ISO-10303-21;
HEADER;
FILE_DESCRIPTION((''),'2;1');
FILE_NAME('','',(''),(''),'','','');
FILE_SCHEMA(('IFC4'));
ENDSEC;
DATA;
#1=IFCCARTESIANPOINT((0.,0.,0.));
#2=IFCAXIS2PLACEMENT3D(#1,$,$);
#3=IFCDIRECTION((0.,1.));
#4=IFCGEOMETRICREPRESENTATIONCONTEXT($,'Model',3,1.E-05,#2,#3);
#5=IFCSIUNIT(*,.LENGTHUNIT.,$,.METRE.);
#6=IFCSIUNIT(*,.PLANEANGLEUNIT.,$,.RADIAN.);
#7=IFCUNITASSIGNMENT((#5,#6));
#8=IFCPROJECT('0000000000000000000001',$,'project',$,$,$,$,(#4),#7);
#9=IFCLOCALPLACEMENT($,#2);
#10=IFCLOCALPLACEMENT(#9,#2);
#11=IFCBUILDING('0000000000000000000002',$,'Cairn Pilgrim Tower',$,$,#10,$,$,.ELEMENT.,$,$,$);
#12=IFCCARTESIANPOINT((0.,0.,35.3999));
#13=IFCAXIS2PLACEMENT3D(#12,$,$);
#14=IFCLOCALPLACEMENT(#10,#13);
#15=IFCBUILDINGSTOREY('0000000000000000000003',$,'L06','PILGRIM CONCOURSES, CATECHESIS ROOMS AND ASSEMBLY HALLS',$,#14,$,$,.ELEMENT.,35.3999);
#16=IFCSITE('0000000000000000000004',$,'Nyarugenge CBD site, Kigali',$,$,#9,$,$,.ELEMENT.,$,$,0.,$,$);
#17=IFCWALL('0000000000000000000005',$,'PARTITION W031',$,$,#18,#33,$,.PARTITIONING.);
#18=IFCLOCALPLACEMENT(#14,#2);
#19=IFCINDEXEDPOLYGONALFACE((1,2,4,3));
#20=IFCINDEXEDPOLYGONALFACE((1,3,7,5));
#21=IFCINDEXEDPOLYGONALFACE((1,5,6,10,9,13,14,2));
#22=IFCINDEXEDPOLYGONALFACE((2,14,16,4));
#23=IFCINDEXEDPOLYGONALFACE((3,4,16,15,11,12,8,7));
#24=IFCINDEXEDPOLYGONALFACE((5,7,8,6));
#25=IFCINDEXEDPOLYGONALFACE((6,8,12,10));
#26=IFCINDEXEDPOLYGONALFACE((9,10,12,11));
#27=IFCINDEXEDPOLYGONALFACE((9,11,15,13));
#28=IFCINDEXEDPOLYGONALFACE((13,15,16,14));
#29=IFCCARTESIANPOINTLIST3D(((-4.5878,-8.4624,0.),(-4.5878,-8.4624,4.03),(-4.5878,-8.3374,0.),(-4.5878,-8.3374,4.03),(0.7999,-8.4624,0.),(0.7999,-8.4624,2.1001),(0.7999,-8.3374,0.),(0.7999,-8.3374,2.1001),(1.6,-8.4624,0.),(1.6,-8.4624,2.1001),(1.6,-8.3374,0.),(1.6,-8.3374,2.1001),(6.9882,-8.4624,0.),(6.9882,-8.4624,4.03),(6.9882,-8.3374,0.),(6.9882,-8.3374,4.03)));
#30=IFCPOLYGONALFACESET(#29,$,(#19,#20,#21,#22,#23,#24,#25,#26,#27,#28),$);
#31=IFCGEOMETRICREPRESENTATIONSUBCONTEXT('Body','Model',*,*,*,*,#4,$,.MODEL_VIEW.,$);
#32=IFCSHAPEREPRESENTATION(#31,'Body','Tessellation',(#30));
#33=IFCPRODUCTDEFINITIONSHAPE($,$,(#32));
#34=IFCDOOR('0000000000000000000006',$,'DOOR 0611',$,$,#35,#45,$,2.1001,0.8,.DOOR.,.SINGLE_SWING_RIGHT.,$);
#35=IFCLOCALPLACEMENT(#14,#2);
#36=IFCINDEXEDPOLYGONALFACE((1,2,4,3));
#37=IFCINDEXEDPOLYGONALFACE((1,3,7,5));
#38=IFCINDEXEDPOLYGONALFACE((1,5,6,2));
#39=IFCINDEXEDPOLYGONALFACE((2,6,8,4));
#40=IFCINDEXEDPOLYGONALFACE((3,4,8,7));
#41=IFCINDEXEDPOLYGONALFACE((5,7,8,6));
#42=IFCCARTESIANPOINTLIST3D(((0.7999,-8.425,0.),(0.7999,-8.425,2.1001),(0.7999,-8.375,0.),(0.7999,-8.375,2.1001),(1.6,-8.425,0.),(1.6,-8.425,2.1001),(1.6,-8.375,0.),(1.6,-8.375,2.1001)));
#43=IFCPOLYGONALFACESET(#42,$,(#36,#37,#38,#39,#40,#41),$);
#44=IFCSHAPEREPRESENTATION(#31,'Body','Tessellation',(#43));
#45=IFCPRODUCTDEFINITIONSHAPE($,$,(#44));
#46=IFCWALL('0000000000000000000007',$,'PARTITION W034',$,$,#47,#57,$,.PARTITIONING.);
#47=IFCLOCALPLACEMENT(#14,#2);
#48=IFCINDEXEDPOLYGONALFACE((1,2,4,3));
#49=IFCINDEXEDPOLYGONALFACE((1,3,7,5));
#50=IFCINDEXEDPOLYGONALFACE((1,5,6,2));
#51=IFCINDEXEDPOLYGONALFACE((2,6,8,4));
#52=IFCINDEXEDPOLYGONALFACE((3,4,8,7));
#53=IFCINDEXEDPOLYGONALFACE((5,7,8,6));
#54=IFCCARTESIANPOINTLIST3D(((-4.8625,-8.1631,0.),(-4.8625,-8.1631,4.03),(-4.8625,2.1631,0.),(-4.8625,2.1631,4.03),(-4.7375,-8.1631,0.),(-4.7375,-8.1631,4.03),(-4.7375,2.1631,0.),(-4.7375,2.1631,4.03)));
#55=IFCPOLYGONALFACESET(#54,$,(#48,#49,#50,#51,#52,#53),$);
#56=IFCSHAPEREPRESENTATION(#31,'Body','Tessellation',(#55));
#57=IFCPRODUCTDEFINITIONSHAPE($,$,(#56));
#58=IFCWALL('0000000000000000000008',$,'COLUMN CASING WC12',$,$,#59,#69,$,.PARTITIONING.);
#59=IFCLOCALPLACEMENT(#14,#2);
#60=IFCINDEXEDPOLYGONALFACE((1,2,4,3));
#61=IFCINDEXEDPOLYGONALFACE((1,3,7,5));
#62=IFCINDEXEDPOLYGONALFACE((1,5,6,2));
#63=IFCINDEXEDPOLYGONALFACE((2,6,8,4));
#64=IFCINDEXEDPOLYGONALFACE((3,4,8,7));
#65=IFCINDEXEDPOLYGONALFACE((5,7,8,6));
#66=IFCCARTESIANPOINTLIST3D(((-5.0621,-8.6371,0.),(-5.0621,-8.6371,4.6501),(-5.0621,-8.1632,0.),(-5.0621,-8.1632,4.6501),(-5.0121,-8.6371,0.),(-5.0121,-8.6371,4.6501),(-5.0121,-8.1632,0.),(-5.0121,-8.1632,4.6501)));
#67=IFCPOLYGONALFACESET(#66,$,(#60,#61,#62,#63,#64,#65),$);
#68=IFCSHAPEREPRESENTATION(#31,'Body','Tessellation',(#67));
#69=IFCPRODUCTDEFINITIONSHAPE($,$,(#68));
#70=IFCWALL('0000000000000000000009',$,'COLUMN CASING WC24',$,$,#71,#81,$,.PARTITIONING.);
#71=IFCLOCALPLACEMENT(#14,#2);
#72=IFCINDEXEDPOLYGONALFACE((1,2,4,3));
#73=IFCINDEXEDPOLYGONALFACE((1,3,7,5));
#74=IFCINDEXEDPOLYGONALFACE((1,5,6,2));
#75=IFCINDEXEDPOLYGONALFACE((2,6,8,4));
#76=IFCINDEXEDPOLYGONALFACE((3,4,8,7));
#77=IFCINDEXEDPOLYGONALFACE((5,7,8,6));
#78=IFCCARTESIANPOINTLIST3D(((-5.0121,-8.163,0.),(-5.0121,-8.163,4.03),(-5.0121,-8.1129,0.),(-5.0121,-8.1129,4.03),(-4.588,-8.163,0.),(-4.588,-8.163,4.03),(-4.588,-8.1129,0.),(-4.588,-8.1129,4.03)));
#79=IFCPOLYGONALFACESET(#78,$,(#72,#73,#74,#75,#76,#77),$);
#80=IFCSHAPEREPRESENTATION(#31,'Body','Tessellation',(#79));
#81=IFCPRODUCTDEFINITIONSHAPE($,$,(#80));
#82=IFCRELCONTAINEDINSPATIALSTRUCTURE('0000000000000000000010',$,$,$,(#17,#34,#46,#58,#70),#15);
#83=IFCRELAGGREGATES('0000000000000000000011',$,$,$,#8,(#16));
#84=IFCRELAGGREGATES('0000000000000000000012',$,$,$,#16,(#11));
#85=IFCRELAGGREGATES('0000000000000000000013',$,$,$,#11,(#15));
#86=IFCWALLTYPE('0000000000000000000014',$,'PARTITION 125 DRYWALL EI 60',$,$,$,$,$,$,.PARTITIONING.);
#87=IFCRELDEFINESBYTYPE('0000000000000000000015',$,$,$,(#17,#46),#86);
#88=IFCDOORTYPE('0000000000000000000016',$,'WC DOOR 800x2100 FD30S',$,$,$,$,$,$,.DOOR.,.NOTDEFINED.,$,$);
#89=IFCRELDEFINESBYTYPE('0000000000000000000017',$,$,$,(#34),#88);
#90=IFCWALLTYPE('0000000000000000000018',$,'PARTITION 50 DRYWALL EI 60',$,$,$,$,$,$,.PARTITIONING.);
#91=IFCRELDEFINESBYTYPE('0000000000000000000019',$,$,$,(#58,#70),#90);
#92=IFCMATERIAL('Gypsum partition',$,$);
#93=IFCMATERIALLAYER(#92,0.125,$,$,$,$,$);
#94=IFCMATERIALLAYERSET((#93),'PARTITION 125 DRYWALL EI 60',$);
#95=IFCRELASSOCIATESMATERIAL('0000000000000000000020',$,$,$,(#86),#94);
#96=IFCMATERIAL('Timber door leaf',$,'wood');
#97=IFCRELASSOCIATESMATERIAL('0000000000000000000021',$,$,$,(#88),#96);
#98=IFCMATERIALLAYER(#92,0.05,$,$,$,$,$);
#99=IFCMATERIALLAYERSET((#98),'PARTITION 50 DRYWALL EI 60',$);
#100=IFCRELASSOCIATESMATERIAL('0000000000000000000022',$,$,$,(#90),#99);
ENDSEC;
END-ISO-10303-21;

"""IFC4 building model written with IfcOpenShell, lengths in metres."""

from ifc_helpers import new_model, si_unit, direction, frame, frame_2d, origin, place, context, subcontext, project, spatial, rectangle, extrude, material, layer, layer_set, type_object, element, fill, save


model = new_model("IFC4")

# Units and contexts
model_context = context("Model", 3, precision=1e-05, world=origin(), true_north=direction((0.0, 1.0)))
body_context = subcontext(model_context, "Body", "Model", "MODEL_VIEW")
ifc_project = project(units=[si_unit("LENGTHUNIT", "METRE"), si_unit("PLANEANGLEUNIT", "RADIAN")], contexts=[model_context])

# Site, building, storey
site_placement = place(None, origin())
site = spatial("IfcSite", under=ifc_project, at=site_placement, Name="Nyarugenge CBD site, Kigali", CompositionType="ELEMENT", RefElevation=0.0)
building_placement = place(site_placement, origin())
building = spatial("IfcBuilding", under=site, at=building_placement, Name="Cairn Pilgrim Tower", CompositionType="ELEMENT")
storey_placement = place(building_placement, frame((0.0, 0.0, 35.3999)))
storey = spatial("IfcBuildingStorey", under=building, at=storey_placement, Name="L06", Description="PILGRIM CONCOURSES, CATECHESIS ROOMS AND ASSEMBLY HALLS", CompositionType="ELEMENT", Elevation=35.3999)

# Shared definitions
ifc_material_1 = material(Name="Gypsum partition")
ifc_layer_1 = layer(ifc_material_1, 0.125)
ifc_layer_set_1 = layer_set([ifc_layer_1], Name="PARTITION 125 DRYWALL EI 60")
wall_type_1 = type_object("IfcWallType", Name="PARTITION 125 DRYWALL EI 60", PredefinedType="PARTITIONING", material=ifc_layer_set_1)

# Wall, opening, door
wall_1_placement = place(storey_placement, frame((-4.5879, -8.3999, 0.0), z_axis=(0.0, 0.0, 1.0), x_axis=(1.0, 0.0, 0.0)))
wall_1 = element("IfcWall", 1, at=wall_1_placement, inside=storey, type_object=wall_type_1, Name="PARTITION W031", PredefinedType="PARTITIONING", context=body_context, shape_type="SweptSolid", body=[
    extrude(rectangle(XDim=11.5759, YDim=0.125, at=frame_2d((5.7881, 0.0))), origin(), (0.0, 0.0, 1.0), 4.03),
])
opening_placement = place(wall_1_placement, frame((5.3879, 0.0, 0.0)))
opening = element("IfcOpeningElement", 2, at=opening_placement, cuts=wall_1, PredefinedType="OPENING", context=body_context, shape_type="SweptSolid", body=[
    extrude(rectangle(XDim=0.8, YDim=2.1001, at=frame_2d((0.3999, 1.05))), frame((0.0, 0.0725, 0.0), z_axis=(0.0, -1.0, 0.0), x_axis=(1.0, 0.0, 0.0)), (0.0, 0.0, 1.0), 0.145),
])
ifc_material_2 = material(Name="Timber door leaf", Category="wood")
door_type = type_object("IfcDoorType", Name="WC DOOR 800x2100 FD30S", OperationType="NOTDEFINED", PredefinedType="DOOR", material=ifc_material_2)
door_placement = place(opening_placement, origin())
door = element("IfcDoor", 3, at=door_placement, inside=storey, type_object=door_type, Name="DOOR 0611", OperationType="SINGLE_SWING_RIGHT", OverallHeight=2.1001, OverallWidth=0.8, PredefinedType="DOOR", context=body_context, shape_type="SweptSolid", body=[
    extrude(rectangle(XDim=0.8, YDim=2.1001, at=frame_2d((0.3999, 1.05))), frame((0.0, 0.0249, 0.0), z_axis=(0.0, -1.0, 0.0), x_axis=(1.0, 0.0, 0.0)), (0.0, 0.0, 1.0), 0.05),
])
fill(opening, door)

# Walls
wall_2_placement = place(storey_placement, frame((-4.8, -8.1631, 0.0), z_axis=(0.0, 0.0, 1.0), x_axis=(0.0, 1.0, 0.0)))
element("IfcWall", 4, at=wall_2_placement, inside=storey, type_object=wall_type_1, Name="PARTITION W034", PredefinedType="PARTITIONING", context=body_context, shape_type="SweptSolid", body=[
    extrude(rectangle(XDim=10.3262, YDim=0.125, at=frame_2d((5.1631, 0.0))), origin(), (0.0, 0.0, 1.0), 4.03),
])
ifc_layer_2 = layer(ifc_material_1, 0.05)
ifc_layer_set_2 = layer_set([ifc_layer_2], Name="PARTITION 50 DRYWALL EI 60")
wall_type_2 = type_object("IfcWallType", Name="PARTITION 50 DRYWALL EI 60", PredefinedType="PARTITIONING", material=ifc_layer_set_2)
wall_3_placement = place(storey_placement, frame((-5.0371, -8.637, 0.0), z_axis=(0.0, 0.0, 1.0), x_axis=(0.0, 1.0, 0.0)))
element("IfcWall", 5, at=wall_3_placement, inside=storey, type_object=wall_type_2, Name="COLUMN CASING WC12", PredefinedType="PARTITIONING", context=body_context, shape_type="SweptSolid", body=[
    extrude(rectangle(XDim=0.4739, YDim=0.05, at=frame_2d((0.2368, 0.0))), origin(), (0.0, 0.0, 1.0), 4.6501),
])
wall_4_placement = place(storey_placement, frame((-5.012, -8.1379, 0.0), z_axis=(0.0, 0.0, 1.0), x_axis=(1.0, 0.0, 0.0)))
element("IfcWall", 6, at=wall_4_placement, inside=storey, type_object=wall_type_2, Name="COLUMN CASING WC24", PredefinedType="PARTITIONING", context=body_context, shape_type="SweptSolid", body=[
    extrude(rectangle(XDim=0.4241, YDim=0.05, at=frame_2d((0.2119, 0.0))), origin(), (0.0, 0.0, 1.0), 4.03),
])

save(model, "model.ifc")
